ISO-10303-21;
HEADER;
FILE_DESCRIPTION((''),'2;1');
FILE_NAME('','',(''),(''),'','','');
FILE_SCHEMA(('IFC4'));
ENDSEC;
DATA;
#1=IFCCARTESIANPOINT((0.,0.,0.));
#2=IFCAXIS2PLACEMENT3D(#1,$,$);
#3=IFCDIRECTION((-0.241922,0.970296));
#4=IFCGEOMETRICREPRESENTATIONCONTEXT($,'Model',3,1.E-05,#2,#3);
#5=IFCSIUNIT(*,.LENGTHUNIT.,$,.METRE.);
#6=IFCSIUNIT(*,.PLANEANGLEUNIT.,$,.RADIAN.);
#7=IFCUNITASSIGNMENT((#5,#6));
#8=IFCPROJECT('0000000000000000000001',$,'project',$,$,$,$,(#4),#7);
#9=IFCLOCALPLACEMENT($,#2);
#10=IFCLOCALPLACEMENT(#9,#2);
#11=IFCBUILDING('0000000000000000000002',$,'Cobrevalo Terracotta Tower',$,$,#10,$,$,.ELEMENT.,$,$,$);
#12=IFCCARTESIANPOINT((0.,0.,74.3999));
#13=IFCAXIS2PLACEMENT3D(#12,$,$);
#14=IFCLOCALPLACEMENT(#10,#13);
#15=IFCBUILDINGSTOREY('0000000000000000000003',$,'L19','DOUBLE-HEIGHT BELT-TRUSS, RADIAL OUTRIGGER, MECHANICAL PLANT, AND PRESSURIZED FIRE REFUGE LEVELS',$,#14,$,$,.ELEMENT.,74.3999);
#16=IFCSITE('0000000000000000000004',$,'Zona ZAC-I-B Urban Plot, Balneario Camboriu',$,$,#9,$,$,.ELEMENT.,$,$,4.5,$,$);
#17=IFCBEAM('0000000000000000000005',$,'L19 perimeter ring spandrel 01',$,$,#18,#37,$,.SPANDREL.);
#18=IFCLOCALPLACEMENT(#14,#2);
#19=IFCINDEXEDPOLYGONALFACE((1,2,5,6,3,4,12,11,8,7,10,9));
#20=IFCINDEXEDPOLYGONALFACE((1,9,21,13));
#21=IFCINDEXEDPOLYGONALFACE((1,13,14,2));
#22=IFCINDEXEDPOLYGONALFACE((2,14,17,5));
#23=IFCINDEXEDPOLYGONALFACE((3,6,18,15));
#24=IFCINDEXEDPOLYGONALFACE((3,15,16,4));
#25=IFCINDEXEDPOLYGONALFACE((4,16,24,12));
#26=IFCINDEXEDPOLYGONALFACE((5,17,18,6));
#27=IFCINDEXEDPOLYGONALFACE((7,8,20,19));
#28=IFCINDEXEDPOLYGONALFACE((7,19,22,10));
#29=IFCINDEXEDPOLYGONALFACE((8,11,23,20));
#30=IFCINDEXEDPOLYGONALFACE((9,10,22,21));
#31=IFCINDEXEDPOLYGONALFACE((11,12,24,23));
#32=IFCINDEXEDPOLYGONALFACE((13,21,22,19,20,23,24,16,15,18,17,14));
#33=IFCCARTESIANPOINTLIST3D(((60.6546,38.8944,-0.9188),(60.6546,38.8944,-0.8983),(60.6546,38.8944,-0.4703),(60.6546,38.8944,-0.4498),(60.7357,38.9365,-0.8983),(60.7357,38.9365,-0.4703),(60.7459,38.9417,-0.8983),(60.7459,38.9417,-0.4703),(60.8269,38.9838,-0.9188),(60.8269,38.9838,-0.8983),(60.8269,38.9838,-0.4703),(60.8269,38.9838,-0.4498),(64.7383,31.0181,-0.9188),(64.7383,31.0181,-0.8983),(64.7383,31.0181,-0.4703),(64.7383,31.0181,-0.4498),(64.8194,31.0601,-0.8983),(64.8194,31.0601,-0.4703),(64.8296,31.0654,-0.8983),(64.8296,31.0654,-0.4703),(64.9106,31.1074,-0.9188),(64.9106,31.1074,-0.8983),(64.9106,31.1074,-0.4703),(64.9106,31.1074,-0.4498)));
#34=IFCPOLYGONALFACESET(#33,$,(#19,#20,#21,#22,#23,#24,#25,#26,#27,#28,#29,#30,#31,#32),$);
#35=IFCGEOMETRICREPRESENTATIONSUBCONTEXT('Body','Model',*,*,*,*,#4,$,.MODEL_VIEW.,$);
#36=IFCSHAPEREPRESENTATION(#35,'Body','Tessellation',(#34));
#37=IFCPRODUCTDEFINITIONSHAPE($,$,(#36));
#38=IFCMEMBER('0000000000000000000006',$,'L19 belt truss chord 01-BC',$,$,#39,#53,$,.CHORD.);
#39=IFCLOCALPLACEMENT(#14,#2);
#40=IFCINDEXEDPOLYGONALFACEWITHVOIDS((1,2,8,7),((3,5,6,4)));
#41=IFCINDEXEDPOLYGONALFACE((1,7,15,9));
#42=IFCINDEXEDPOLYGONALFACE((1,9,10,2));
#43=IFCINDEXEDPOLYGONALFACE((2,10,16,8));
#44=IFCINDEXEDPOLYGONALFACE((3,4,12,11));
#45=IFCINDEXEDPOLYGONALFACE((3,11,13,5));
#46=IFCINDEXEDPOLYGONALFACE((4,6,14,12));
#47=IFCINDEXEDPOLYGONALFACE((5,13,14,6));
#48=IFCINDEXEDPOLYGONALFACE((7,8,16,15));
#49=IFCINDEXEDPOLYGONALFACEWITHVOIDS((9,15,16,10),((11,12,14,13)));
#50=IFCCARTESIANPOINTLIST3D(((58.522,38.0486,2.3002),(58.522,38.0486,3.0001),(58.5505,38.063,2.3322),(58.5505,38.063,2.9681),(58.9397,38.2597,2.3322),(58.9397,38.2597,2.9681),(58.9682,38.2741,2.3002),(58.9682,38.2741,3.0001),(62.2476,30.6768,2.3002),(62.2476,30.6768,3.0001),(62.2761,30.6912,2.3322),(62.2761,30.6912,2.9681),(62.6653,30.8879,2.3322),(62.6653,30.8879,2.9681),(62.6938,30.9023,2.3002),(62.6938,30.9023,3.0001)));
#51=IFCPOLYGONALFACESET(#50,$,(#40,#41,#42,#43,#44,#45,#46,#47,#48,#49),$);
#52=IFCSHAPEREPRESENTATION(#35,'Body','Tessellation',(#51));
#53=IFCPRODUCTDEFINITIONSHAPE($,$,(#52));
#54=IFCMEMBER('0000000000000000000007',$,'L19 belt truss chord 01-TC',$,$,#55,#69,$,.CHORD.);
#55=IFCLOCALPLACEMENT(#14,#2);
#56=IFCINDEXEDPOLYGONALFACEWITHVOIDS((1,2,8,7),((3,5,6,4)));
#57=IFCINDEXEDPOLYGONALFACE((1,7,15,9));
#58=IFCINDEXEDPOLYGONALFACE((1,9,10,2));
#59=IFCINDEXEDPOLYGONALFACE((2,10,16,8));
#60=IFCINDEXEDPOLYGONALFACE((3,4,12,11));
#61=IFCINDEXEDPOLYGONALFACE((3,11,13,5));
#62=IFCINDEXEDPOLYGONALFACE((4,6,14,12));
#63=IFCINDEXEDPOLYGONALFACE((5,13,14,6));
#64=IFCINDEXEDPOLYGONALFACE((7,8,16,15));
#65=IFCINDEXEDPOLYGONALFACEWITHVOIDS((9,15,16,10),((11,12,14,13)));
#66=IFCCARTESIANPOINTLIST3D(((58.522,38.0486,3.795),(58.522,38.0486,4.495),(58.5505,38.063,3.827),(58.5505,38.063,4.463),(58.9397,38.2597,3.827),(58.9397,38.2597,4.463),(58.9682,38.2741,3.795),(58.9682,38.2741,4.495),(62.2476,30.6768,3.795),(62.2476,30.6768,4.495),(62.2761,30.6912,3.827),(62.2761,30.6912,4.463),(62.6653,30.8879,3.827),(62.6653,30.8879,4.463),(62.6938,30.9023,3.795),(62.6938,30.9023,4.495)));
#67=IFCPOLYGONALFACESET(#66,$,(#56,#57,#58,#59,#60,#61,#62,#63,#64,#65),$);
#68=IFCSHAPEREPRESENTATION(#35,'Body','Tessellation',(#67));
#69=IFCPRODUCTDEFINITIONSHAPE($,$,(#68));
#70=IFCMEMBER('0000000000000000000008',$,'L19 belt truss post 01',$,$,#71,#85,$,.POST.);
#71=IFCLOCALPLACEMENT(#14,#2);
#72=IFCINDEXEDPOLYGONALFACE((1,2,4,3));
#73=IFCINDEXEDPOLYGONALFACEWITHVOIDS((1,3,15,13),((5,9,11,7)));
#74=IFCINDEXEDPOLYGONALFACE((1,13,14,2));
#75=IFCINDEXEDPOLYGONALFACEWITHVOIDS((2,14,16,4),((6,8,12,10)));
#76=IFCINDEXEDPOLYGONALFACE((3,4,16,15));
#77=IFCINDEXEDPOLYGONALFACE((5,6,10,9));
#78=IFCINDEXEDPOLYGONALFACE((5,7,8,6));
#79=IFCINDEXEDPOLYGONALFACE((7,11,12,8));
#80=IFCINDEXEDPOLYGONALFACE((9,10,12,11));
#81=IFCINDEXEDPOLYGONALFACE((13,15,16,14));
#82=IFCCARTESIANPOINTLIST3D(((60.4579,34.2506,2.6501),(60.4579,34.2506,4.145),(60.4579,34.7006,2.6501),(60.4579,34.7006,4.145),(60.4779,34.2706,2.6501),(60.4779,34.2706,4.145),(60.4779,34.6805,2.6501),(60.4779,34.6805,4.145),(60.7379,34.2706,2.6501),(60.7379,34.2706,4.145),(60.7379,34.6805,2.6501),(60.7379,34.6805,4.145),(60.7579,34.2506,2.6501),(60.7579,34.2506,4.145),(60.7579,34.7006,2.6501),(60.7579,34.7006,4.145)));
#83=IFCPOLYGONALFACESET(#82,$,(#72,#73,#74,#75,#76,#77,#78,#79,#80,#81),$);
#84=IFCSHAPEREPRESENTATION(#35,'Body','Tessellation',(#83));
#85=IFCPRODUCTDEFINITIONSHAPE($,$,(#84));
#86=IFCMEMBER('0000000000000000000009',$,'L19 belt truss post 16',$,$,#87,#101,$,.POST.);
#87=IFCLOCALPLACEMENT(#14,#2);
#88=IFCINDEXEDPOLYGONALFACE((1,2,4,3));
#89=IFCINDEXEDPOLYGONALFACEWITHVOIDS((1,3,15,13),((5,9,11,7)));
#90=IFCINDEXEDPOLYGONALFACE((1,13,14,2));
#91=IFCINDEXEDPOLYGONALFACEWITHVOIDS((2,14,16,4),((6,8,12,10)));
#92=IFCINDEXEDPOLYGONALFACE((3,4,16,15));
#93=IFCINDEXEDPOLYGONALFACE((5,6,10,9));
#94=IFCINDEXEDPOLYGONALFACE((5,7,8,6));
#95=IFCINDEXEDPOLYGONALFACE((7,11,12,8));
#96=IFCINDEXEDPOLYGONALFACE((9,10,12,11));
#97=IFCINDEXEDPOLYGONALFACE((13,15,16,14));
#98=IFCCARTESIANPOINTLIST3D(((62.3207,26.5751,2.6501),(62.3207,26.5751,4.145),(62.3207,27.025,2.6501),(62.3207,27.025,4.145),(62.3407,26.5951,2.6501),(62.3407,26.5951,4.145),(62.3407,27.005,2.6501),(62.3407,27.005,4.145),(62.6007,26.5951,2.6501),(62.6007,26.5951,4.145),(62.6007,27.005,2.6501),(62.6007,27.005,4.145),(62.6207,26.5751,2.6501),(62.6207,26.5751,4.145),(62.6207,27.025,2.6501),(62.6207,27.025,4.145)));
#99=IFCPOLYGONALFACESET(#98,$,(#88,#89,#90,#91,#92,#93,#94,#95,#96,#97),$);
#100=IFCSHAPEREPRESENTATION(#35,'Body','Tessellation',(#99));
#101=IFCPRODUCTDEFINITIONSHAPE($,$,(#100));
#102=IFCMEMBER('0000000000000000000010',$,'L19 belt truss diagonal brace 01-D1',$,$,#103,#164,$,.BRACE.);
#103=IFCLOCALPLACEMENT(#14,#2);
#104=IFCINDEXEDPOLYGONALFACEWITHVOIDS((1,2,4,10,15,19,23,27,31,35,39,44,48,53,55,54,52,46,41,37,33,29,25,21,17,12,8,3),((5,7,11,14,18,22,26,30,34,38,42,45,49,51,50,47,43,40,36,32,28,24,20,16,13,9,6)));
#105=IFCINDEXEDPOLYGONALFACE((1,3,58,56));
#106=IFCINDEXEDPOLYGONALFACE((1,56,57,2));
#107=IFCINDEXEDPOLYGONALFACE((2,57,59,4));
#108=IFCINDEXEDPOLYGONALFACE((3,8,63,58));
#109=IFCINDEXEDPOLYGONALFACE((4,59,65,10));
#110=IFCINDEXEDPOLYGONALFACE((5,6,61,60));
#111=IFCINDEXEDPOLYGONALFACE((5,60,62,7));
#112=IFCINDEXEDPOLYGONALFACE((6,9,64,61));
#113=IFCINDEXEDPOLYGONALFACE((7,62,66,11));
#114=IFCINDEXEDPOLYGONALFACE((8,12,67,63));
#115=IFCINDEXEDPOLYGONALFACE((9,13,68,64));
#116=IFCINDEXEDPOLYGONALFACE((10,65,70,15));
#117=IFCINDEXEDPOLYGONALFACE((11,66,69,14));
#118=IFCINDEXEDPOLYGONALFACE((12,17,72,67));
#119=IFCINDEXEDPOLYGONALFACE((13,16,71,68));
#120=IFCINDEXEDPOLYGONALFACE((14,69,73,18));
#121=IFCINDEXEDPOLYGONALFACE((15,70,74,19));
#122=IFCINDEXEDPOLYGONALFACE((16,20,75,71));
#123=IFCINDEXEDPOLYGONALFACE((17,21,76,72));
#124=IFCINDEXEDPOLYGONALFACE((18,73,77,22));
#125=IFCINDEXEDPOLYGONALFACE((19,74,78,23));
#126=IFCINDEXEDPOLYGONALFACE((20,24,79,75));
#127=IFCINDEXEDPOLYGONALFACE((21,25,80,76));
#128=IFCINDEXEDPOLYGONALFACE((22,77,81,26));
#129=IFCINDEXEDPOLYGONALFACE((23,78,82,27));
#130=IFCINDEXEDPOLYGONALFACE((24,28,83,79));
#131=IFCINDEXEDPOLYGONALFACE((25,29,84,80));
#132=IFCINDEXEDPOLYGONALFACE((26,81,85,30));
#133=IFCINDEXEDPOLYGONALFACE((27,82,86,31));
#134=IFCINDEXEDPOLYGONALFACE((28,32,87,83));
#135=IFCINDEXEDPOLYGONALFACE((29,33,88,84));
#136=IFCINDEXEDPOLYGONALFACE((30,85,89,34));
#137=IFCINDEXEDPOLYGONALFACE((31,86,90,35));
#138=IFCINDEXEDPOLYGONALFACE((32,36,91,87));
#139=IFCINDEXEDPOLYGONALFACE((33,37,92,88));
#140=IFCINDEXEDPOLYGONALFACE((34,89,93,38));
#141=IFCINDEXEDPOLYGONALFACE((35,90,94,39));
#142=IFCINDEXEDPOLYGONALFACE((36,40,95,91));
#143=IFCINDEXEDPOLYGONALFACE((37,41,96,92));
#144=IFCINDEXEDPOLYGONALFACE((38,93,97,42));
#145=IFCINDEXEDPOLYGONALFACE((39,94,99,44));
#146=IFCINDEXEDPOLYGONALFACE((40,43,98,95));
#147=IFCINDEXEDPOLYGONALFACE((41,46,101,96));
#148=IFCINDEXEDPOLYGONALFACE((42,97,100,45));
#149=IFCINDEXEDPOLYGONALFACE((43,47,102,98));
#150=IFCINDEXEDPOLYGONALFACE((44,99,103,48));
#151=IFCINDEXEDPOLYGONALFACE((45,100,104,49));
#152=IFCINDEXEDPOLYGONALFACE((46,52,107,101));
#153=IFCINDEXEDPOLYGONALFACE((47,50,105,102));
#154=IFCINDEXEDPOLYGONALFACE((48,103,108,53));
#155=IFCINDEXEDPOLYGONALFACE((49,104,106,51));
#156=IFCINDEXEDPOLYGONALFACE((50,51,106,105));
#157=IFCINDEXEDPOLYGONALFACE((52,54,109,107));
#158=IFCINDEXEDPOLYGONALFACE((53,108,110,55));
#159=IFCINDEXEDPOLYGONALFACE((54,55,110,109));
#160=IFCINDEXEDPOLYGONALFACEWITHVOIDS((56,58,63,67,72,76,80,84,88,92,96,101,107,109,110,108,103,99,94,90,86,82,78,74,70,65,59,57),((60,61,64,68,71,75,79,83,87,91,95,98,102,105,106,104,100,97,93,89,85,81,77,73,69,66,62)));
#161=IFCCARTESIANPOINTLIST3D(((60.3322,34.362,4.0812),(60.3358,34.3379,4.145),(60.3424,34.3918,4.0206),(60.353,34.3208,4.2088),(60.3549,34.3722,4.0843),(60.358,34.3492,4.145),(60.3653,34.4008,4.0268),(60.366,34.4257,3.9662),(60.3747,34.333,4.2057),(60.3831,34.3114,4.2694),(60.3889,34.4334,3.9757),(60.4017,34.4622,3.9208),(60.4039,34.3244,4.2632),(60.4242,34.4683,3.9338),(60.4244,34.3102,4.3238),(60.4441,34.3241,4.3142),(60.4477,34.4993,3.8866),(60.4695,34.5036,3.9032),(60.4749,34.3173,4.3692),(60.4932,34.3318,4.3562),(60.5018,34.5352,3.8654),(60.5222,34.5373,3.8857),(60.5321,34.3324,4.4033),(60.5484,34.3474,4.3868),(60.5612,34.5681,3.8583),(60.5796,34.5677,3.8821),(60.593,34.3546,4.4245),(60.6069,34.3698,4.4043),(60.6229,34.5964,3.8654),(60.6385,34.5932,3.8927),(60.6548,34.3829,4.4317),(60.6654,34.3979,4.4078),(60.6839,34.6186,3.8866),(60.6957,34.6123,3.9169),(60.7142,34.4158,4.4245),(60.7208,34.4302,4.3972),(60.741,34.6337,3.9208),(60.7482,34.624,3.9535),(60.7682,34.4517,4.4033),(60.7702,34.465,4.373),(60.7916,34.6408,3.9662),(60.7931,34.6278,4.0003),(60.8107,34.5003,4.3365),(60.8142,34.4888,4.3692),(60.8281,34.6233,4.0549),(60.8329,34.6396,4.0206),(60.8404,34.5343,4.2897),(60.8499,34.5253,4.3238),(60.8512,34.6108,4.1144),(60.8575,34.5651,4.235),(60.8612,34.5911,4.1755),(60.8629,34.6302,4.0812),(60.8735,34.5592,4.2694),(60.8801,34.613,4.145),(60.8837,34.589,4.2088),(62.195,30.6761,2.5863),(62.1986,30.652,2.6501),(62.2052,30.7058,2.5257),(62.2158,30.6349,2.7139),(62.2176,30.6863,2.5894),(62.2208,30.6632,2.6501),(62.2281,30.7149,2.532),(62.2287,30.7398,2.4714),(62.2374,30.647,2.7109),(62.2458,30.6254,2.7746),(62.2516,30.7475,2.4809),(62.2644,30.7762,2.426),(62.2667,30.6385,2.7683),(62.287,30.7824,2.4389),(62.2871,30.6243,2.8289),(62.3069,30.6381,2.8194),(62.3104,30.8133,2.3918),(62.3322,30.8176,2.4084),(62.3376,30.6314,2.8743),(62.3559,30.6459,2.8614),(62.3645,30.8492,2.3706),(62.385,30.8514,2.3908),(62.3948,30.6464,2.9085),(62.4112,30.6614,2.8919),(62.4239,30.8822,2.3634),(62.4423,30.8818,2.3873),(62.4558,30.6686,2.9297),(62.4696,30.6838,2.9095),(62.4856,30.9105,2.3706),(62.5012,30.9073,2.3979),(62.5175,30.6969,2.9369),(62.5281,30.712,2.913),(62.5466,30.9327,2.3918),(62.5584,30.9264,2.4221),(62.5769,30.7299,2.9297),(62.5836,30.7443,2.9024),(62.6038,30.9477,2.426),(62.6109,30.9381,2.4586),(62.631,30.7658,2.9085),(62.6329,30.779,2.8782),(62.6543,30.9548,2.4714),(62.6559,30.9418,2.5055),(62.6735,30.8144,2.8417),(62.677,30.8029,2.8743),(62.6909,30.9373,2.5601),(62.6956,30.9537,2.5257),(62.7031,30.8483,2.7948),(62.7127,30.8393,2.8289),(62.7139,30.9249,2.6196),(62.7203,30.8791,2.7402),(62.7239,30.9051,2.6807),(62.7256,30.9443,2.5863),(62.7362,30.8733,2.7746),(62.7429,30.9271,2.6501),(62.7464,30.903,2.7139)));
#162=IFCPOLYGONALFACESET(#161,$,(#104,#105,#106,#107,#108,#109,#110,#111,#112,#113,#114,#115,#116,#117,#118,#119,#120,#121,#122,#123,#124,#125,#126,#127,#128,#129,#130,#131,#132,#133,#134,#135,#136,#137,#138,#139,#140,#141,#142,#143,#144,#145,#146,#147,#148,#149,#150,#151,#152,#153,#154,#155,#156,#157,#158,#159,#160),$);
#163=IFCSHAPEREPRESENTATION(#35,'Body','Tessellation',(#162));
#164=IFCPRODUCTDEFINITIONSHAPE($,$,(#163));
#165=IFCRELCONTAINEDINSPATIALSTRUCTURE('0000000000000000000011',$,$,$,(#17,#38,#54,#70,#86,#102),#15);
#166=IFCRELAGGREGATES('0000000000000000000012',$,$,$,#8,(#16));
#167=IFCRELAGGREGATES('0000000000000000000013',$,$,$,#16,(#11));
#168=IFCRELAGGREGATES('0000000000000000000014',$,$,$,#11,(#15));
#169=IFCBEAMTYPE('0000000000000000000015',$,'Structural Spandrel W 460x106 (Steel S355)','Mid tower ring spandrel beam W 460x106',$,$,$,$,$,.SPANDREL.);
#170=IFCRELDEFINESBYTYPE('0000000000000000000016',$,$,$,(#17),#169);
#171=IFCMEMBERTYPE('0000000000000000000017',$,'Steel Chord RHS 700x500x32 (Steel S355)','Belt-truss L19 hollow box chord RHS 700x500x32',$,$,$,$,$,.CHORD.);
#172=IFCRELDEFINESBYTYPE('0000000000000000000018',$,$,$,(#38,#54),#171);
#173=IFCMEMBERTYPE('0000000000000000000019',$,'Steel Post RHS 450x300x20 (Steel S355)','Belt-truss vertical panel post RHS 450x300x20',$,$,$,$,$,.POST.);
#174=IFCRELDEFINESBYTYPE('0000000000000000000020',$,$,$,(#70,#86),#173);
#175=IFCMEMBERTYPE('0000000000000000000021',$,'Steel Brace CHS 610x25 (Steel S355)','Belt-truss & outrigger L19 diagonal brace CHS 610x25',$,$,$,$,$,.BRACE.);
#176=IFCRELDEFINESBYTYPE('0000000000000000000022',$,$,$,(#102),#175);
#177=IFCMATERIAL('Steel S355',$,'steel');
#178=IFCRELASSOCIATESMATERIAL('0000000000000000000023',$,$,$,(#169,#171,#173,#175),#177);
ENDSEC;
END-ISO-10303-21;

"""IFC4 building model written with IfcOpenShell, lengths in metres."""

from ifc_helpers import new_model, si_unit, direction, frame, origin, origin_2d, place, context, subcontext, project, spatial, hollow_rectangle, hollow_circle, i_section, extrude, source, transform, mapped, material, material_profile, profile_set, type_object, element, save


model = new_model("IFC4")

# Units and contexts
model_context = context("Model", 3, precision=1e-05, world=origin(), true_north=direction((-0.241922, 0.970296)))
body_context = subcontext(model_context, "Body", "Model", "MODEL_VIEW")
ifc_project = project(units=[si_unit("LENGTHUNIT", "METRE"), si_unit("PLANEANGLEUNIT", "RADIAN")], contexts=[model_context])

# Site, building, storey
site_placement = place(None, origin())
site = spatial("IfcSite", under=ifc_project, at=site_placement, Name="Zona ZAC-I-B Urban Plot, Balneario Camboriu", CompositionType="ELEMENT", RefElevation=4.5)
building_placement = place(site_placement, origin())
building = spatial("IfcBuilding", under=site, at=building_placement, Name="Cobrevalo Terracotta Tower", CompositionType="ELEMENT")
storey_placement = place(building_placement, frame((0.0, 0.0, 74.3999)))
storey = spatial("IfcBuildingStorey", under=building, at=storey_placement, Name="L19", Description="DOUBLE-HEIGHT BELT-TRUSS, RADIAL OUTRIGGER, MECHANICAL PLANT, AND PRESSURIZED FIRE REFUGE LEVELS", CompositionType="ELEMENT", Elevation=74.3999)

# Shared definitions
ifc_material_1 = material(Name="Steel S355", Category="steel")

# Beam
ifc_material_profile_1 = material_profile(ifc_material_1, i_section(OverallWidth=0.1941, OverallDepth=0.469, WebThickness=0.0115, FlangeThickness=0.0205, at=origin_2d()), Name="W 460x106")
ifc_profile_set_1 = profile_set([ifc_material_profile_1], Name="Steel S355")
beam_type_1 = type_object("IfcBeamType", Name="Structural Spandrel W 460x106 (Steel S355)", Description="Mid tower ring spandrel beam W 460x106", PredefinedType="SPANDREL", material=ifc_profile_set_1)
beam_1_placement = place(storey_placement, frame((64.8245, 31.0627, -0.6843), z_axis=(-0.460286, 0.887771, 0.0), x_axis=(-0.887771, -0.460286, 0.0)))
element("IfcBeam", 1, at=beam_1_placement, inside=storey, type_object=beam_type_1, Name="L19 perimeter ring spandrel 01", PredefinedType="SPANDREL", context=body_context, shape_type="SweptSolid", body=[
    extrude(i_section(OverallWidth=0.1941, OverallDepth=0.469, WebThickness=0.0115, FlangeThickness=0.0205, at=origin_2d()), origin(), (0.0, 0.0, 1.0), 8.8721),
])

# Members
ifc_material_profile_2 = material_profile(ifc_material_1, hollow_rectangle(XDim=0.5, YDim=0.7, WallThickness=0.032, at=origin_2d()), Name="RHS 700x500x32")
ifc_profile_set_2 = profile_set([ifc_material_profile_2], Name="Steel S355")
member_type_1 = type_object("IfcMemberType", Name="Steel Chord RHS 700x500x32 (Steel S355)", Description="Belt-truss L19 hollow box chord RHS 700x500x32", PredefinedType="CHORD", material=ifc_profile_set_2)
shared_shape_1 = source(origin(), body_context, "Body", "SweptSolid", [
    extrude(hollow_rectangle(XDim=0.5, YDim=0.7, WallThickness=0.032, at=origin_2d()), origin(), (0.0, 0.0, 1.0), 8.2598),
])
for number, where, z_axis, x_axis, name in (
    (2, (62.4707, 30.7896, 2.6501), (-0.451052, 0.892498, 0.0), (-0.892498, -0.451052, 0.0), "L19 belt truss chord 01-BC"),
    (3, (62.4707, 30.7896, 4.145), (-0.451052, 0.892498, 0.0), (-0.892498, -0.451052, 0.0), "L19 belt truss chord 01-TC"),
):
    element("IfcMember", number, at=place(storey_placement, frame(where, z_axis=z_axis, x_axis=x_axis)), inside=storey, type_object=member_type_1, Name=name, PredefinedType="CHORD", context=body_context, shape_type="MappedRepresentation", body=[
        mapped(shared_shape_1, transform((0.0, 0.0, 0.0), scale=1.0)),
    ])
ifc_material_profile_3 = material_profile(ifc_material_1, hollow_rectangle(XDim=0.3, YDim=0.45, WallThickness=0.02, at=origin_2d()), Name="RHS 450x300x20")
ifc_profile_set_3 = profile_set([ifc_material_profile_3], Name="Steel S355")
member_type_2 = type_object("IfcMemberType", Name="Steel Post RHS 450x300x20 (Steel S355)", Description="Belt-truss vertical panel post RHS 450x300x20", PredefinedType="POST", material=ifc_profile_set_3)
shared_shape_2 = source(origin(), body_context, "Body", "SweptSolid", [
    extrude(hollow_rectangle(XDim=0.3, YDim=0.45, WallThickness=0.02, at=origin_2d()), origin(), (0.0, 0.0, 1.0), 1.4949),
])
for number, where, z_axis, x_axis, name in (
    (4, (60.6079, 34.4756, 2.6501), (0.0, 0.0, 1.0), (1.0, 0.0, 0.0), "L19 belt truss post 01"),
    (5, (62.4707, 26.8, 2.6501), (0.0, 0.0, 1.0), (1.0, 0.0, 0.0), "L19 belt truss post 16"),
):
    element("IfcMember", number, at=place(storey_placement, frame(where, z_axis=z_axis, x_axis=x_axis)), inside=storey, type_object=member_type_2, Name=name, PredefinedType="POST", context=body_context, shape_type="MappedRepresentation", body=[
        mapped(shared_shape_2, transform((0.0, 0.0, 0.0), scale=1.0)),
    ])
ifc_material_profile_4 = material_profile(ifc_material_1, hollow_circle(Radius=0.3049, WallThickness=0.0249, at=origin_2d()), Name="CHS 610x25")
ifc_profile_set_4 = profile_set([ifc_material_profile_4], Name="Steel S355")
member_type_3 = type_object("IfcMemberType", Name="Steel Brace CHS 610x25 (Steel S355)", Description="Belt-truss & outrigger L19 diagonal brace CHS 610x25", PredefinedType="BRACE", material=ifc_profile_set_4)
shared_shape_3 = source(origin(), body_context, "Body", "SweptSolid", [
    extrude(hollow_circle(Radius=0.3049, WallThickness=0.0249, at=origin_2d()), origin(), (0.0, 0.0, 1.0), 4.3921),
])
member_1_placement = place(storey_placement, frame((62.4707, 30.7896, 2.6501), z_axis=(-0.424113, 0.839221, 0.340347), x_axis=(-0.892504, -0.45104, 0.0)))
element("IfcMember", 6, at=member_1_placement, inside=storey, type_object=member_type_3, Name="L19 belt truss diagonal brace 01-D1", PredefinedType="BRACE", context=body_context, shape_type="MappedRepresentation", body=[
    mapped(shared_shape_3, transform((0.0, 0.0, 0.0), scale=1.0)),
])

save(model, "model.ifc")
